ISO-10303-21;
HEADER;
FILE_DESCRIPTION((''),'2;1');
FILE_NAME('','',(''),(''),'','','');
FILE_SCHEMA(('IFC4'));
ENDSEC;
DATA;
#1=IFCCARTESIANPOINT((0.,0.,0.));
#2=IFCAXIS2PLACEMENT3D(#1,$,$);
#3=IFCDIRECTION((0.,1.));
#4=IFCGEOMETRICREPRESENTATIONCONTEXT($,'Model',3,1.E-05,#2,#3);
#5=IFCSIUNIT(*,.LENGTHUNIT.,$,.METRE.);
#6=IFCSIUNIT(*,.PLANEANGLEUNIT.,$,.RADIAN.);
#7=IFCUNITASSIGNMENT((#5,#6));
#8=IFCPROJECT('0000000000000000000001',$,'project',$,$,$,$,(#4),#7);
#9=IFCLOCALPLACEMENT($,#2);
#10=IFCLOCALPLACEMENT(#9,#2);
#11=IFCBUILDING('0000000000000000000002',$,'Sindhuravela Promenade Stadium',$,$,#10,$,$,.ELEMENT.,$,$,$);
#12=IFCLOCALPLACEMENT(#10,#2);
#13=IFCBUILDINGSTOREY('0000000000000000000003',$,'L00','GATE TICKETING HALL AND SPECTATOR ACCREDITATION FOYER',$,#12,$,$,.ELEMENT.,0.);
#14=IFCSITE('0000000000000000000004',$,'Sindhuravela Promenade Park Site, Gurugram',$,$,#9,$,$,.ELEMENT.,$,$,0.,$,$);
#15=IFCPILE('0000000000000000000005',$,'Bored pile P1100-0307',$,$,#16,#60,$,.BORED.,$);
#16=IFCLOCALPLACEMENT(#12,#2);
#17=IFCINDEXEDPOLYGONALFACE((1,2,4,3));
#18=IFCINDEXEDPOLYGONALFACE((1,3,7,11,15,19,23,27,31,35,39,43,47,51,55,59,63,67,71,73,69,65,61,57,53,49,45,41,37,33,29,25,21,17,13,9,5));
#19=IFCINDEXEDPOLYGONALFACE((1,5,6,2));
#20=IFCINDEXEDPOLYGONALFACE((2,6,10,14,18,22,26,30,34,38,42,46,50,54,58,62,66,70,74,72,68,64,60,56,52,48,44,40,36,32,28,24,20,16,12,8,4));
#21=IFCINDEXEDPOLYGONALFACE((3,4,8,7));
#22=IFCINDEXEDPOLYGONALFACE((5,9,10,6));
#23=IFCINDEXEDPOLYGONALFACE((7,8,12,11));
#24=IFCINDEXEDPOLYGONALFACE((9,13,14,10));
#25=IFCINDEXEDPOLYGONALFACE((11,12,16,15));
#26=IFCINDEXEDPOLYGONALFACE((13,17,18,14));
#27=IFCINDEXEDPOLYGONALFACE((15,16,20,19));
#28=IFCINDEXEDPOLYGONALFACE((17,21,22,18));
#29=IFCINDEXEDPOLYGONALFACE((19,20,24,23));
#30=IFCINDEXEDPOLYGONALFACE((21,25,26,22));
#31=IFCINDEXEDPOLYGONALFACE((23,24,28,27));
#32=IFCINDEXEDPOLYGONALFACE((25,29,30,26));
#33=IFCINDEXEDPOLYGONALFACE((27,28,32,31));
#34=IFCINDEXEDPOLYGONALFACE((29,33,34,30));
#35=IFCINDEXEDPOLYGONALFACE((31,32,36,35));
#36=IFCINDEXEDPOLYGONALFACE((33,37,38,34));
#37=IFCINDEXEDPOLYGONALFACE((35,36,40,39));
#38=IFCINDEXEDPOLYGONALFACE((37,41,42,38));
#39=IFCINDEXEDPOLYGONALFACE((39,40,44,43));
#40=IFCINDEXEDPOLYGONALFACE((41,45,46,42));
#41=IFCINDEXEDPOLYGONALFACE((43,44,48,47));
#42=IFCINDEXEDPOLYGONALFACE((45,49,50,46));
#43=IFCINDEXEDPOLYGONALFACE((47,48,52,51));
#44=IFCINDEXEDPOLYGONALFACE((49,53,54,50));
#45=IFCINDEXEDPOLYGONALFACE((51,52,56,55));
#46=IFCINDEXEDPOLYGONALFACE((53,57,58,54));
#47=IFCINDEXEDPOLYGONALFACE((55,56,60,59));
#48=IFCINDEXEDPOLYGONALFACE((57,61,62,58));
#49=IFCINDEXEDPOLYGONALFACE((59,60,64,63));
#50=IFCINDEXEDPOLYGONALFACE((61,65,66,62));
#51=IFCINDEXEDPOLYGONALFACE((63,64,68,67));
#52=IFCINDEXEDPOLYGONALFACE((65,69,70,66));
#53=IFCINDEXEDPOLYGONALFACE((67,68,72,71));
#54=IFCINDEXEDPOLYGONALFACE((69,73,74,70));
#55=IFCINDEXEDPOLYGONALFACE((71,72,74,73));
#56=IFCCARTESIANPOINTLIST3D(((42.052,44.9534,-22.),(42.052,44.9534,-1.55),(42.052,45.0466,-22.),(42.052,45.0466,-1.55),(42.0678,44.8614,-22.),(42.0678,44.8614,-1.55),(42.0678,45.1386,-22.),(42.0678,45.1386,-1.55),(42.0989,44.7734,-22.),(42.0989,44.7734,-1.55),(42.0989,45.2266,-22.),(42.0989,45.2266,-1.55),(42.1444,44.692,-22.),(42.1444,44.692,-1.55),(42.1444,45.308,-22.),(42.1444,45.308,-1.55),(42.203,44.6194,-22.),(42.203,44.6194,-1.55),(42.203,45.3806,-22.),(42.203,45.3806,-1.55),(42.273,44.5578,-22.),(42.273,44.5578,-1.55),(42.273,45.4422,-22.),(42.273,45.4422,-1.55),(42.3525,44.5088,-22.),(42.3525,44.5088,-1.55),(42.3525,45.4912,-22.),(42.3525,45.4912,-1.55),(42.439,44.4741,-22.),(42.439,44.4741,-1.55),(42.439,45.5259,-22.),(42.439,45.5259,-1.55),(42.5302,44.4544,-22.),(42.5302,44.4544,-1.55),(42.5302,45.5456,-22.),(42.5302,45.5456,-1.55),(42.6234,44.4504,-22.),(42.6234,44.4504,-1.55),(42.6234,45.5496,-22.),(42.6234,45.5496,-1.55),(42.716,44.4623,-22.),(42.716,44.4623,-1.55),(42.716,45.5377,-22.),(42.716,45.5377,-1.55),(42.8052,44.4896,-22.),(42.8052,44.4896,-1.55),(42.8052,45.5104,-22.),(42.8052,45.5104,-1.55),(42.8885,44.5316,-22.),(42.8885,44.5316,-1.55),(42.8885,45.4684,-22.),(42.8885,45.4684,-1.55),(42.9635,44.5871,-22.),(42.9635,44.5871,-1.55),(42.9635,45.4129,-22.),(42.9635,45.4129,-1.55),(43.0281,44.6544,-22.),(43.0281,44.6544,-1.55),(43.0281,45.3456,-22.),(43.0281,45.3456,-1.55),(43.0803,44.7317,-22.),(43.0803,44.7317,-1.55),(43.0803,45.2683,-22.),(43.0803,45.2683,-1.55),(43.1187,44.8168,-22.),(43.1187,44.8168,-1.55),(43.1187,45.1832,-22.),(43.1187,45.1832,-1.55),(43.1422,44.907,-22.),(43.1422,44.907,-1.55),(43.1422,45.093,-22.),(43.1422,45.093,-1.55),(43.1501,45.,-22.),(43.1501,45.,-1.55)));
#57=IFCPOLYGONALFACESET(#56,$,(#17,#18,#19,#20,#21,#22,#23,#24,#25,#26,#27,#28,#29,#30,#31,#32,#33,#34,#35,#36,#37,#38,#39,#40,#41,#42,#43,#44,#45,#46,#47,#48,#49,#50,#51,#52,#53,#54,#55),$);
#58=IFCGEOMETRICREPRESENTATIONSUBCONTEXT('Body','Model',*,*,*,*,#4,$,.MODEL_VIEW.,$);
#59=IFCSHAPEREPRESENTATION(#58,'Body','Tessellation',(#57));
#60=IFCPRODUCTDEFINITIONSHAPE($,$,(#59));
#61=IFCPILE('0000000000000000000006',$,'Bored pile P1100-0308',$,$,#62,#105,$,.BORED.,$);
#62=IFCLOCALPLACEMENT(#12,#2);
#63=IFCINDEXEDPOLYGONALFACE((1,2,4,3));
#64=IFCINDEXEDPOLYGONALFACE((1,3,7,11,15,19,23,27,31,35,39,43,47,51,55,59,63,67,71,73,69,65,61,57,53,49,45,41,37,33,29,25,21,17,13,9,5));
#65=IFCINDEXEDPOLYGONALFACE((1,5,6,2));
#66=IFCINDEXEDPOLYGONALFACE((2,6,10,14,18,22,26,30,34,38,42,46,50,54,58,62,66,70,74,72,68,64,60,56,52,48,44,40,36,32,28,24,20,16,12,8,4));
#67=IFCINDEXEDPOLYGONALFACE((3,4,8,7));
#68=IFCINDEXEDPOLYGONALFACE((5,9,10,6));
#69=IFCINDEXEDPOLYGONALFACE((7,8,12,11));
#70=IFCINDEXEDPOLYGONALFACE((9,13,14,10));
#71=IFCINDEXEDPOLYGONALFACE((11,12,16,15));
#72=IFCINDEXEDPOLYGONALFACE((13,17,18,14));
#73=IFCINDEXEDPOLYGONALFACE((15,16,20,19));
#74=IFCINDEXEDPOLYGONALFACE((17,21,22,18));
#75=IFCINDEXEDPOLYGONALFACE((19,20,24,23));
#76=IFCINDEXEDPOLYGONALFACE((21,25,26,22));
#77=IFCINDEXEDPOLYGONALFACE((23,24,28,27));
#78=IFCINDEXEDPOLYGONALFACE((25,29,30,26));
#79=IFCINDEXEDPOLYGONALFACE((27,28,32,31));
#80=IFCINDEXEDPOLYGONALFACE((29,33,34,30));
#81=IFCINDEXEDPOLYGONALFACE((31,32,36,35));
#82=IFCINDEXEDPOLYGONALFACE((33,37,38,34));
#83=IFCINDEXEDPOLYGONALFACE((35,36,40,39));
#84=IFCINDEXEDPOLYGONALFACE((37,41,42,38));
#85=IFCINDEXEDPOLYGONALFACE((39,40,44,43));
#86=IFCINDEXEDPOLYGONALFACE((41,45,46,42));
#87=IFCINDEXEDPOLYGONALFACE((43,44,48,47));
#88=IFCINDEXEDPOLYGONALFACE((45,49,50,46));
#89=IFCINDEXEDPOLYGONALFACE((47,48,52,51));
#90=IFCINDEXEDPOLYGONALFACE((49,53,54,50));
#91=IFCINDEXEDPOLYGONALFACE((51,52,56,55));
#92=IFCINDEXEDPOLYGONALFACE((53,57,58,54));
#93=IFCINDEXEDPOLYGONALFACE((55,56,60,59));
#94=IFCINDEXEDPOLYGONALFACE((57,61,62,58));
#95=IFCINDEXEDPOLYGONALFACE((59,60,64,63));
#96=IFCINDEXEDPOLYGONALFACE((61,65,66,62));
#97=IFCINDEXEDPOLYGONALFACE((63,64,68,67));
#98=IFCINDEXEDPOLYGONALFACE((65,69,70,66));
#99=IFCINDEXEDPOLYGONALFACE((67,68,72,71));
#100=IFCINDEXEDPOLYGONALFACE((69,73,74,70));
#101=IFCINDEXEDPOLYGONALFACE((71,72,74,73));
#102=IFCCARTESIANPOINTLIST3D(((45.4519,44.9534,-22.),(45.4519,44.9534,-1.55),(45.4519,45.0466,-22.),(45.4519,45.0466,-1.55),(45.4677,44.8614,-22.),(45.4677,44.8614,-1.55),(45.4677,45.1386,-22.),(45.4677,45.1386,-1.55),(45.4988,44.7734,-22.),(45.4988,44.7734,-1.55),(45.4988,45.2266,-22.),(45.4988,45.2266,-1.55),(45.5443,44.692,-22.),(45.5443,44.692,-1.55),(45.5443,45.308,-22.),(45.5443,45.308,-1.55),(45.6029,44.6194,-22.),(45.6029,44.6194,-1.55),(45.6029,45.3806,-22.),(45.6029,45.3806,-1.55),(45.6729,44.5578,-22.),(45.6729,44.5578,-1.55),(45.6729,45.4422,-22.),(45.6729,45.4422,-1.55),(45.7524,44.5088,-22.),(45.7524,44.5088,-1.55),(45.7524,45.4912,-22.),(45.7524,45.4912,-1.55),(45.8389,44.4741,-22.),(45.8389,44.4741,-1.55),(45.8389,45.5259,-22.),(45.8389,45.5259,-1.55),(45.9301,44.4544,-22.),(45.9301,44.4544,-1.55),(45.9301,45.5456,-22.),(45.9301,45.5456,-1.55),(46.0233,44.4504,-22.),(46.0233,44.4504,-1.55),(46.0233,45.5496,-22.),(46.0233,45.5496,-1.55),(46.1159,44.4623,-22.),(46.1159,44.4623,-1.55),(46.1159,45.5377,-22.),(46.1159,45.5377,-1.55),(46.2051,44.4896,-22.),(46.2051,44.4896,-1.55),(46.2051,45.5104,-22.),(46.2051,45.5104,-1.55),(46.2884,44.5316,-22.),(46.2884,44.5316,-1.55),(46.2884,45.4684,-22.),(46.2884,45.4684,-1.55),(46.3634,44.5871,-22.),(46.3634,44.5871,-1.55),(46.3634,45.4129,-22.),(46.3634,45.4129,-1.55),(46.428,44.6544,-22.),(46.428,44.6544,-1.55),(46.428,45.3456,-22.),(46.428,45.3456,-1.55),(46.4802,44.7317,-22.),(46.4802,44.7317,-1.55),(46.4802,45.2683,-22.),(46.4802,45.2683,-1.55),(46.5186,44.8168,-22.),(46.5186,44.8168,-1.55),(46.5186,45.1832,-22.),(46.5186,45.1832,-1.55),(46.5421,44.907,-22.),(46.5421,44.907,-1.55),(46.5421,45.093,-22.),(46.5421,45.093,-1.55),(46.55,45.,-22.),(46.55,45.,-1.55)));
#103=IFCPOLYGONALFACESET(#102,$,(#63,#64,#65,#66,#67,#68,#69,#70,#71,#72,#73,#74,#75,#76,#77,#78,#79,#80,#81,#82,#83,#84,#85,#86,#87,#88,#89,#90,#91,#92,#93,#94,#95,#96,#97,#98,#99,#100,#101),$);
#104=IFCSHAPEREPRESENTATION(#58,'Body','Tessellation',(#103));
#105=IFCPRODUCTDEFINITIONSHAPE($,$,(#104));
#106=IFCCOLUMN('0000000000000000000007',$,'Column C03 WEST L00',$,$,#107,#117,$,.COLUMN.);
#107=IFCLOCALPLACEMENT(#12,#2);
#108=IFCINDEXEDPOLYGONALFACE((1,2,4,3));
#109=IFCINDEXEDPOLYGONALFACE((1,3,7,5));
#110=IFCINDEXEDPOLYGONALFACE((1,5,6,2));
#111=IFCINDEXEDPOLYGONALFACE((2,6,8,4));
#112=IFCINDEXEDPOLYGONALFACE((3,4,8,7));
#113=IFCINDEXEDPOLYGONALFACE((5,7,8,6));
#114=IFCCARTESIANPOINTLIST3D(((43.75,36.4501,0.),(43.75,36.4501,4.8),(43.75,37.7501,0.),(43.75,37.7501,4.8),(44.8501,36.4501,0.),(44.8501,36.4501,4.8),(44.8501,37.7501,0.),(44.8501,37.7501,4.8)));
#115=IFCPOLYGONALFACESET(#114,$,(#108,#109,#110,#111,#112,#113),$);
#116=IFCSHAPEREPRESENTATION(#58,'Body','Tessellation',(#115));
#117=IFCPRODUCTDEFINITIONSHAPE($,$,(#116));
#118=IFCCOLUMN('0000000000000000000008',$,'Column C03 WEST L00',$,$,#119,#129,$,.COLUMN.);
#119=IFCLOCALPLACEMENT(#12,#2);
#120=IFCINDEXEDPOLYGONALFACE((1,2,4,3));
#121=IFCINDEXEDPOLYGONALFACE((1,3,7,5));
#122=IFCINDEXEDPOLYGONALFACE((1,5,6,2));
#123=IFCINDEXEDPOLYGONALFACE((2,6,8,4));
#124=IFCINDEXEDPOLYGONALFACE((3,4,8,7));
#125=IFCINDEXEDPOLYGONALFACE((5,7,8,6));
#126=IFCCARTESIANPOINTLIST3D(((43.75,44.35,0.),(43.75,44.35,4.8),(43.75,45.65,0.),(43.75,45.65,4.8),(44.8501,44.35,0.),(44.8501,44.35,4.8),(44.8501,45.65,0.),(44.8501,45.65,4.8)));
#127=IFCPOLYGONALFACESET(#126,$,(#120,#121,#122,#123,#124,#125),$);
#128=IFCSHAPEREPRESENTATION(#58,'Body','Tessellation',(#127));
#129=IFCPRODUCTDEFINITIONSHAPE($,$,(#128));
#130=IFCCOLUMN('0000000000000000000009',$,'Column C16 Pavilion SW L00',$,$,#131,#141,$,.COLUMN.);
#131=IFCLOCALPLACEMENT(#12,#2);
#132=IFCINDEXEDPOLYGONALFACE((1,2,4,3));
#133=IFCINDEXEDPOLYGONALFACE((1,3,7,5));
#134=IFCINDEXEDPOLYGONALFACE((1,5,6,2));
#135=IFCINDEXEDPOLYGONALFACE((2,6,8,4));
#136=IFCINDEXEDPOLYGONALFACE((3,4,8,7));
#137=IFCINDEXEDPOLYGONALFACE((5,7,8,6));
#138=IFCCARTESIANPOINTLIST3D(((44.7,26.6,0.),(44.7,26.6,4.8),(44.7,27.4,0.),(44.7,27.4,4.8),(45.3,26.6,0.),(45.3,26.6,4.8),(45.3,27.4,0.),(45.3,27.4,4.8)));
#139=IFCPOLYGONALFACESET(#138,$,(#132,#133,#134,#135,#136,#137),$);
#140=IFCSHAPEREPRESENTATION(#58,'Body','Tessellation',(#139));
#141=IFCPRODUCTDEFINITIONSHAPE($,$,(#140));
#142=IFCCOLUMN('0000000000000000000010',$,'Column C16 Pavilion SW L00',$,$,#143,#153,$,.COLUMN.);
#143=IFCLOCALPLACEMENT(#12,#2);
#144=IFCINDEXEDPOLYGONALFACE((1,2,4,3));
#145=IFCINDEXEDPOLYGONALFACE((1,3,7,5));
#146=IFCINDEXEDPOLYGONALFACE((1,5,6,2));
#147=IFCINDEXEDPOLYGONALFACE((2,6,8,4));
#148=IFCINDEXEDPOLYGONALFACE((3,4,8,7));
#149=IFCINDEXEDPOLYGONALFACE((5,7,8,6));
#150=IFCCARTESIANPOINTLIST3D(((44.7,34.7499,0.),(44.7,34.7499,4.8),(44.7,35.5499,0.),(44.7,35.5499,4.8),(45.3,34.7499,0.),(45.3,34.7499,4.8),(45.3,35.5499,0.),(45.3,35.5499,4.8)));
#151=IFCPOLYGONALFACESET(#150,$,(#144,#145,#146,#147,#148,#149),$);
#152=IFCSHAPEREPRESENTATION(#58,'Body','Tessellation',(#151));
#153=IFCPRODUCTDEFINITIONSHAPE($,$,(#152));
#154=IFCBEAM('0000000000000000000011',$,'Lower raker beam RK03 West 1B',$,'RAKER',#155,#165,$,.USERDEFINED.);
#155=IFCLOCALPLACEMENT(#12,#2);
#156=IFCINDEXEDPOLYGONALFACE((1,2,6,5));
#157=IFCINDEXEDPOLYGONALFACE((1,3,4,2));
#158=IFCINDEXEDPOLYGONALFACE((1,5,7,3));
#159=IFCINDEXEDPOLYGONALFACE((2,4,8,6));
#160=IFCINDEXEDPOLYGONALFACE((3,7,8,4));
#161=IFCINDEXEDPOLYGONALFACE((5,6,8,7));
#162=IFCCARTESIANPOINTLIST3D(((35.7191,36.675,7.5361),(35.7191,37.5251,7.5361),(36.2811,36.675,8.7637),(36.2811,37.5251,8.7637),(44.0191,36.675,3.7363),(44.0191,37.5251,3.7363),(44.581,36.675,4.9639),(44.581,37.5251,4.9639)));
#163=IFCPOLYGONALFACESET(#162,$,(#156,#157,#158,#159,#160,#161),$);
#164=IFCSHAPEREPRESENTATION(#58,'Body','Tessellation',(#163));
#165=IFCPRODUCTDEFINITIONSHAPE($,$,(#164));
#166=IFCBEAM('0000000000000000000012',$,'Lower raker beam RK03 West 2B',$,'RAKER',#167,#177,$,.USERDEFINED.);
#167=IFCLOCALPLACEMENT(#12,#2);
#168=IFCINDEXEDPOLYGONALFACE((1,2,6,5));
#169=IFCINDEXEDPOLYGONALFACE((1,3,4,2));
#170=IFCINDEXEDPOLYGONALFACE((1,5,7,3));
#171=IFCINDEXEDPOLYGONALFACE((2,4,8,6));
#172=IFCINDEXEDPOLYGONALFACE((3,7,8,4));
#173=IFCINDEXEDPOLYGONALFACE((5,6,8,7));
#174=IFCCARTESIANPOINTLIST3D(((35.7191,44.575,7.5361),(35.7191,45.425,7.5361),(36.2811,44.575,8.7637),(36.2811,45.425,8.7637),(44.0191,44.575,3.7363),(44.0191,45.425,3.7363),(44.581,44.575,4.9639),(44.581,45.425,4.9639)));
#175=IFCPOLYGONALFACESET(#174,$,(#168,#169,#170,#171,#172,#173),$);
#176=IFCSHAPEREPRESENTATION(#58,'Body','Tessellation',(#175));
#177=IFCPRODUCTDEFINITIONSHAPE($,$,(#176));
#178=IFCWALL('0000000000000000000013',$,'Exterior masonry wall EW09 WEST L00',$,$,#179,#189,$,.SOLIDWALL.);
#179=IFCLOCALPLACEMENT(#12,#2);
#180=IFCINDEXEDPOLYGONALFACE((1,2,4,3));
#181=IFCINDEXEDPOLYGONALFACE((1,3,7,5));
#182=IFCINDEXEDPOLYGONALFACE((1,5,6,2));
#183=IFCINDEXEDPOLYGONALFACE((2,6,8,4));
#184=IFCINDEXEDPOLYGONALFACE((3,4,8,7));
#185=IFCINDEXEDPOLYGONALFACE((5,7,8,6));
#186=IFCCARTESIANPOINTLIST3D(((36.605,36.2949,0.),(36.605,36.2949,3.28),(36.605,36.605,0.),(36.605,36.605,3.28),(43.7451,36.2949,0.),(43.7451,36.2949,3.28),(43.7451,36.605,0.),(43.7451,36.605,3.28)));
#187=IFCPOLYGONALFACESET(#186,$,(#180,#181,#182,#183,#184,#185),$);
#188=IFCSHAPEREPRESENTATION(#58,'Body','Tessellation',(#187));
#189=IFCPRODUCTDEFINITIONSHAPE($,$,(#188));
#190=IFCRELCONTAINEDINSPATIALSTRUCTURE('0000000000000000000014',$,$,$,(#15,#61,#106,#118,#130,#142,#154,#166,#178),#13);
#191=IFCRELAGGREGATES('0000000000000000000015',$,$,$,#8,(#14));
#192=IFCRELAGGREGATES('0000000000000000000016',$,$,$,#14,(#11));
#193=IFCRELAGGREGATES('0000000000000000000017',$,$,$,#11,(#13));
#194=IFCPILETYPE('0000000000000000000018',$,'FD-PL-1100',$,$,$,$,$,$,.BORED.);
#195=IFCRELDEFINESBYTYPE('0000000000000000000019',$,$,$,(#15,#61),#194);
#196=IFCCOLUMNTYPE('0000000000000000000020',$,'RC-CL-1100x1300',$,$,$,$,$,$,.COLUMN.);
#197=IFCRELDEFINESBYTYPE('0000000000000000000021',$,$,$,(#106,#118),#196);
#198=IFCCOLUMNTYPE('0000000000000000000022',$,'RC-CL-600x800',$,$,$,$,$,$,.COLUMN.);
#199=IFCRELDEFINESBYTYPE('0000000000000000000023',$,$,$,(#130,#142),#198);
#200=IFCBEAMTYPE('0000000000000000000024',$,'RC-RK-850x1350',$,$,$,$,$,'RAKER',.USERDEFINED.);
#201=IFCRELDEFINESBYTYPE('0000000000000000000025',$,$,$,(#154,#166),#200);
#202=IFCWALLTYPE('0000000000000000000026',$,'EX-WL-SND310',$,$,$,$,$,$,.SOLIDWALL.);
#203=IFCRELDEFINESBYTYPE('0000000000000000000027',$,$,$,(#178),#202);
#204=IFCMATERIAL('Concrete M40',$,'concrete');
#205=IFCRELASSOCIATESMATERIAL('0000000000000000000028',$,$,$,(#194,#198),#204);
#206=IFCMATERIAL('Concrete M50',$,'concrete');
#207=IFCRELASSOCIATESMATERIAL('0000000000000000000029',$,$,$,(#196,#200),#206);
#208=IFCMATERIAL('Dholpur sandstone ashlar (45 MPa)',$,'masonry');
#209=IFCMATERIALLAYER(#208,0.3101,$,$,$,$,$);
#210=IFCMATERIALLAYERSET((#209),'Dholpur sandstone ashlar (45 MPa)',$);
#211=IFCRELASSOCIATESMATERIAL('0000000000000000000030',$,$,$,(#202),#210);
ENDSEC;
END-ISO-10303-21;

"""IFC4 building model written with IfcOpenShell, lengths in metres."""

from ifc_helpers import new_model, si_unit, direction, frame, frame_2d, origin, origin_2d, place, context, subcontext, project, spatial, rectangle, circle, extrude, material, layer, layer_set, material_profile, profile_set, type_object, element, save


model = new_model("IFC4")

# Units and contexts
model_context = context("Model", 3, precision=1e-05, world=origin(), true_north=direction((0.0, 1.0)))
body_context = subcontext(model_context, "Body", "Model", "MODEL_VIEW")
ifc_project = project(units=[si_unit("LENGTHUNIT", "METRE"), si_unit("PLANEANGLEUNIT", "RADIAN")], contexts=[model_context])

# Site, building, storey
site_placement = place(None, origin())
site = spatial("IfcSite", under=ifc_project, at=site_placement, Name="Sindhuravela Promenade Park Site, Gurugram", CompositionType="ELEMENT", RefElevation=0.0)
building_placement = place(site_placement, origin())
building = spatial("IfcBuilding", under=site, at=building_placement, Name="Sindhuravela Promenade Stadium", CompositionType="ELEMENT")
storey_placement = place(building_placement, origin())
storey = spatial("IfcBuildingStorey", under=building, at=storey_placement, Name="L00", Description="GATE TICKETING HALL AND SPECTATOR ACCREDITATION FOYER", CompositionType="ELEMENT", Elevation=0.0)

# Shared definitions
ifc_material_1 = material(Name="Concrete M50", Category="concrete")

# Piles
ifc_material_2 = material(Name="Concrete M40", Category="concrete")
ifc_material_profile_1 = material_profile(ifc_material_2, circle(Radius=0.55, at=origin_2d()), Name="BORED PILE D1100")
ifc_profile_set_1 = profile_set([ifc_material_profile_1], Name="Concrete M40")
pile_type_1 = type_object("IfcPileType", Name="FD-PL-1100", PredefinedType="BORED", material=ifc_profile_set_1)
for number, where, z_axis, x_axis, name in (
    (1, (42.6001, 45.0, -1.55), (0.0, 0.0, -1.0), (1.0, 0.0, 0.0), "Bored pile P1100-0307"),
    (2, (46.0, 45.0, -1.55), (0.0, 0.0, -1.0), (1.0, 0.0, 0.0), "Bored pile P1100-0308"),
):
    element("IfcPile", number, at=place(storey_placement, frame(where, z_axis=z_axis, x_axis=x_axis)), inside=storey, type_object=pile_type_1, Name=name, PredefinedType="BORED", context=body_context, shape_type="SweptSolid", body=[
        extrude(circle(Radius=0.55, at=origin_2d()), origin(), (0.0, 0.0, 1.0), 20.45),
    ])

# Columns
ifc_material_profile_2 = material_profile(ifc_material_1, rectangle(XDim=1.1001, YDim=1.3, at=origin_2d()), Name="RC 1100x1300")
ifc_profile_set_2 = profile_set([ifc_material_profile_2], Name="Concrete M50")
column_type_1 = type_object("IfcColumnType", Name="RC-CL-1100x1300", PredefinedType="COLUMN", material=ifc_profile_set_2)
for number, where, z_axis, x_axis, name in (
    (3, (44.3, 37.1001, 0.0), (0.0, 0.0, 1.0), (1.0, 0.0, 0.0), "Column C03 WEST L00"),
    (4, (44.3, 45.0, 0.0), (0.0, 0.0, 1.0), (1.0, 0.0, 0.0), "Column C03 WEST L00"),
):
    element("IfcColumn", number, at=place(storey_placement, frame(where, z_axis=z_axis, x_axis=x_axis)), inside=storey, type_object=column_type_1, Name=name, PredefinedType="COLUMN", context=body_context, shape_type="SweptSolid", body=[
        extrude(rectangle(XDim=1.1001, YDim=1.3, at=origin_2d()), origin(), (0.0, 0.0, 1.0), 4.8),
    ])
ifc_material_profile_3 = material_profile(ifc_material_2, rectangle(XDim=0.6001, YDim=0.8, at=origin_2d()), Name="RC 600x800")
ifc_profile_set_3 = profile_set([ifc_material_profile_3], Name="Concrete M40")
column_type_2 = type_object("IfcColumnType", Name="RC-CL-600x800", PredefinedType="COLUMN", material=ifc_profile_set_3)
for number, where, z_axis, x_axis, name in (
    (5, (45.0, 27.0, 0.0), (0.0, 0.0, 1.0), (1.0, 0.0, 0.0), "Column C16 Pavilion SW L00"),
    (6, (45.0, 35.1499, 0.0), (0.0, 0.0, 1.0), (1.0, 0.0, 0.0), "Column C16 Pavilion SW L00"),
):
    element("IfcColumn", number, at=place(storey_placement, frame(where, z_axis=z_axis, x_axis=x_axis)), inside=storey, type_object=column_type_2, Name=name, PredefinedType="COLUMN", context=body_context, shape_type="SweptSolid", body=[
        extrude(rectangle(XDim=0.6001, YDim=0.8, at=origin_2d()), origin(), (0.0, 0.0, 1.0), 4.8),
    ])

# Beams
ifc_material_profile_4 = material_profile(ifc_material_1, rectangle(XDim=0.8501, YDim=1.3501, at=origin_2d()), Name="RC 850x1350")
ifc_profile_set_4 = profile_set([ifc_material_profile_4], Name="Concrete M50")
beam_type = type_object("IfcBeamType", Name="RC-RK-850x1350", ElementType="RAKER", PredefinedType="USERDEFINED", material=ifc_profile_set_4)
for number, where, z_axis, x_axis, name in (
    (7, (44.3, 37.1001, 4.3501), (-0.909247, 0.0, 0.416258), (0.0, -1.0, 0.0), "Lower raker beam RK03 West 1B"),
    (8, (44.3, 45.0, 4.3501), (-0.909247, 0.0, 0.416258), (0.0, -1.0, 0.0), "Lower raker beam RK03 West 2B"),
):
    element("IfcBeam", number, at=place(storey_placement, frame(where, z_axis=z_axis, x_axis=x_axis)), inside=storey, type_object=beam_type, Name=name, ObjectType="RAKER", PredefinedType="USERDEFINED", context=body_context, shape_type="SweptSolid", body=[
        extrude(rectangle(XDim=0.8501, YDim=1.3501, at=origin_2d()), origin(), (0.0, 0.0, 1.0), 9.1284),
    ])

# Wall
ifc_material_3 = material(Name="Dholpur sandstone ashlar (45 MPa)", Category="masonry")
ifc_layer_1 = layer(ifc_material_3, 0.3101)
ifc_layer_set_1 = layer_set([ifc_layer_1], Name="Dholpur sandstone ashlar (45 MPa)")
wall_type_1 = type_object("IfcWallType", Name="EX-WL-SND310", PredefinedType="SOLIDWALL", material=ifc_layer_set_1)
wall_1_placement = place(storey_placement, frame((43.7451, 36.45, 0.0), z_axis=(0.0, 0.0, 1.0), x_axis=(-1.0, 0.0, 0.0)))
element("IfcWall", 9, at=wall_1_placement, inside=storey, type_object=wall_type_1, Name="Exterior masonry wall EW09 WEST L00", PredefinedType="SOLIDWALL", context=body_context, shape_type="SweptSolid", body=[
    extrude(rectangle(XDim=7.1401, YDim=0.3101, at=frame_2d((3.5701, 0.0))), origin(), (0.0, 0.0, 1.0), 3.28),
])

save(model, "model.ifc")
